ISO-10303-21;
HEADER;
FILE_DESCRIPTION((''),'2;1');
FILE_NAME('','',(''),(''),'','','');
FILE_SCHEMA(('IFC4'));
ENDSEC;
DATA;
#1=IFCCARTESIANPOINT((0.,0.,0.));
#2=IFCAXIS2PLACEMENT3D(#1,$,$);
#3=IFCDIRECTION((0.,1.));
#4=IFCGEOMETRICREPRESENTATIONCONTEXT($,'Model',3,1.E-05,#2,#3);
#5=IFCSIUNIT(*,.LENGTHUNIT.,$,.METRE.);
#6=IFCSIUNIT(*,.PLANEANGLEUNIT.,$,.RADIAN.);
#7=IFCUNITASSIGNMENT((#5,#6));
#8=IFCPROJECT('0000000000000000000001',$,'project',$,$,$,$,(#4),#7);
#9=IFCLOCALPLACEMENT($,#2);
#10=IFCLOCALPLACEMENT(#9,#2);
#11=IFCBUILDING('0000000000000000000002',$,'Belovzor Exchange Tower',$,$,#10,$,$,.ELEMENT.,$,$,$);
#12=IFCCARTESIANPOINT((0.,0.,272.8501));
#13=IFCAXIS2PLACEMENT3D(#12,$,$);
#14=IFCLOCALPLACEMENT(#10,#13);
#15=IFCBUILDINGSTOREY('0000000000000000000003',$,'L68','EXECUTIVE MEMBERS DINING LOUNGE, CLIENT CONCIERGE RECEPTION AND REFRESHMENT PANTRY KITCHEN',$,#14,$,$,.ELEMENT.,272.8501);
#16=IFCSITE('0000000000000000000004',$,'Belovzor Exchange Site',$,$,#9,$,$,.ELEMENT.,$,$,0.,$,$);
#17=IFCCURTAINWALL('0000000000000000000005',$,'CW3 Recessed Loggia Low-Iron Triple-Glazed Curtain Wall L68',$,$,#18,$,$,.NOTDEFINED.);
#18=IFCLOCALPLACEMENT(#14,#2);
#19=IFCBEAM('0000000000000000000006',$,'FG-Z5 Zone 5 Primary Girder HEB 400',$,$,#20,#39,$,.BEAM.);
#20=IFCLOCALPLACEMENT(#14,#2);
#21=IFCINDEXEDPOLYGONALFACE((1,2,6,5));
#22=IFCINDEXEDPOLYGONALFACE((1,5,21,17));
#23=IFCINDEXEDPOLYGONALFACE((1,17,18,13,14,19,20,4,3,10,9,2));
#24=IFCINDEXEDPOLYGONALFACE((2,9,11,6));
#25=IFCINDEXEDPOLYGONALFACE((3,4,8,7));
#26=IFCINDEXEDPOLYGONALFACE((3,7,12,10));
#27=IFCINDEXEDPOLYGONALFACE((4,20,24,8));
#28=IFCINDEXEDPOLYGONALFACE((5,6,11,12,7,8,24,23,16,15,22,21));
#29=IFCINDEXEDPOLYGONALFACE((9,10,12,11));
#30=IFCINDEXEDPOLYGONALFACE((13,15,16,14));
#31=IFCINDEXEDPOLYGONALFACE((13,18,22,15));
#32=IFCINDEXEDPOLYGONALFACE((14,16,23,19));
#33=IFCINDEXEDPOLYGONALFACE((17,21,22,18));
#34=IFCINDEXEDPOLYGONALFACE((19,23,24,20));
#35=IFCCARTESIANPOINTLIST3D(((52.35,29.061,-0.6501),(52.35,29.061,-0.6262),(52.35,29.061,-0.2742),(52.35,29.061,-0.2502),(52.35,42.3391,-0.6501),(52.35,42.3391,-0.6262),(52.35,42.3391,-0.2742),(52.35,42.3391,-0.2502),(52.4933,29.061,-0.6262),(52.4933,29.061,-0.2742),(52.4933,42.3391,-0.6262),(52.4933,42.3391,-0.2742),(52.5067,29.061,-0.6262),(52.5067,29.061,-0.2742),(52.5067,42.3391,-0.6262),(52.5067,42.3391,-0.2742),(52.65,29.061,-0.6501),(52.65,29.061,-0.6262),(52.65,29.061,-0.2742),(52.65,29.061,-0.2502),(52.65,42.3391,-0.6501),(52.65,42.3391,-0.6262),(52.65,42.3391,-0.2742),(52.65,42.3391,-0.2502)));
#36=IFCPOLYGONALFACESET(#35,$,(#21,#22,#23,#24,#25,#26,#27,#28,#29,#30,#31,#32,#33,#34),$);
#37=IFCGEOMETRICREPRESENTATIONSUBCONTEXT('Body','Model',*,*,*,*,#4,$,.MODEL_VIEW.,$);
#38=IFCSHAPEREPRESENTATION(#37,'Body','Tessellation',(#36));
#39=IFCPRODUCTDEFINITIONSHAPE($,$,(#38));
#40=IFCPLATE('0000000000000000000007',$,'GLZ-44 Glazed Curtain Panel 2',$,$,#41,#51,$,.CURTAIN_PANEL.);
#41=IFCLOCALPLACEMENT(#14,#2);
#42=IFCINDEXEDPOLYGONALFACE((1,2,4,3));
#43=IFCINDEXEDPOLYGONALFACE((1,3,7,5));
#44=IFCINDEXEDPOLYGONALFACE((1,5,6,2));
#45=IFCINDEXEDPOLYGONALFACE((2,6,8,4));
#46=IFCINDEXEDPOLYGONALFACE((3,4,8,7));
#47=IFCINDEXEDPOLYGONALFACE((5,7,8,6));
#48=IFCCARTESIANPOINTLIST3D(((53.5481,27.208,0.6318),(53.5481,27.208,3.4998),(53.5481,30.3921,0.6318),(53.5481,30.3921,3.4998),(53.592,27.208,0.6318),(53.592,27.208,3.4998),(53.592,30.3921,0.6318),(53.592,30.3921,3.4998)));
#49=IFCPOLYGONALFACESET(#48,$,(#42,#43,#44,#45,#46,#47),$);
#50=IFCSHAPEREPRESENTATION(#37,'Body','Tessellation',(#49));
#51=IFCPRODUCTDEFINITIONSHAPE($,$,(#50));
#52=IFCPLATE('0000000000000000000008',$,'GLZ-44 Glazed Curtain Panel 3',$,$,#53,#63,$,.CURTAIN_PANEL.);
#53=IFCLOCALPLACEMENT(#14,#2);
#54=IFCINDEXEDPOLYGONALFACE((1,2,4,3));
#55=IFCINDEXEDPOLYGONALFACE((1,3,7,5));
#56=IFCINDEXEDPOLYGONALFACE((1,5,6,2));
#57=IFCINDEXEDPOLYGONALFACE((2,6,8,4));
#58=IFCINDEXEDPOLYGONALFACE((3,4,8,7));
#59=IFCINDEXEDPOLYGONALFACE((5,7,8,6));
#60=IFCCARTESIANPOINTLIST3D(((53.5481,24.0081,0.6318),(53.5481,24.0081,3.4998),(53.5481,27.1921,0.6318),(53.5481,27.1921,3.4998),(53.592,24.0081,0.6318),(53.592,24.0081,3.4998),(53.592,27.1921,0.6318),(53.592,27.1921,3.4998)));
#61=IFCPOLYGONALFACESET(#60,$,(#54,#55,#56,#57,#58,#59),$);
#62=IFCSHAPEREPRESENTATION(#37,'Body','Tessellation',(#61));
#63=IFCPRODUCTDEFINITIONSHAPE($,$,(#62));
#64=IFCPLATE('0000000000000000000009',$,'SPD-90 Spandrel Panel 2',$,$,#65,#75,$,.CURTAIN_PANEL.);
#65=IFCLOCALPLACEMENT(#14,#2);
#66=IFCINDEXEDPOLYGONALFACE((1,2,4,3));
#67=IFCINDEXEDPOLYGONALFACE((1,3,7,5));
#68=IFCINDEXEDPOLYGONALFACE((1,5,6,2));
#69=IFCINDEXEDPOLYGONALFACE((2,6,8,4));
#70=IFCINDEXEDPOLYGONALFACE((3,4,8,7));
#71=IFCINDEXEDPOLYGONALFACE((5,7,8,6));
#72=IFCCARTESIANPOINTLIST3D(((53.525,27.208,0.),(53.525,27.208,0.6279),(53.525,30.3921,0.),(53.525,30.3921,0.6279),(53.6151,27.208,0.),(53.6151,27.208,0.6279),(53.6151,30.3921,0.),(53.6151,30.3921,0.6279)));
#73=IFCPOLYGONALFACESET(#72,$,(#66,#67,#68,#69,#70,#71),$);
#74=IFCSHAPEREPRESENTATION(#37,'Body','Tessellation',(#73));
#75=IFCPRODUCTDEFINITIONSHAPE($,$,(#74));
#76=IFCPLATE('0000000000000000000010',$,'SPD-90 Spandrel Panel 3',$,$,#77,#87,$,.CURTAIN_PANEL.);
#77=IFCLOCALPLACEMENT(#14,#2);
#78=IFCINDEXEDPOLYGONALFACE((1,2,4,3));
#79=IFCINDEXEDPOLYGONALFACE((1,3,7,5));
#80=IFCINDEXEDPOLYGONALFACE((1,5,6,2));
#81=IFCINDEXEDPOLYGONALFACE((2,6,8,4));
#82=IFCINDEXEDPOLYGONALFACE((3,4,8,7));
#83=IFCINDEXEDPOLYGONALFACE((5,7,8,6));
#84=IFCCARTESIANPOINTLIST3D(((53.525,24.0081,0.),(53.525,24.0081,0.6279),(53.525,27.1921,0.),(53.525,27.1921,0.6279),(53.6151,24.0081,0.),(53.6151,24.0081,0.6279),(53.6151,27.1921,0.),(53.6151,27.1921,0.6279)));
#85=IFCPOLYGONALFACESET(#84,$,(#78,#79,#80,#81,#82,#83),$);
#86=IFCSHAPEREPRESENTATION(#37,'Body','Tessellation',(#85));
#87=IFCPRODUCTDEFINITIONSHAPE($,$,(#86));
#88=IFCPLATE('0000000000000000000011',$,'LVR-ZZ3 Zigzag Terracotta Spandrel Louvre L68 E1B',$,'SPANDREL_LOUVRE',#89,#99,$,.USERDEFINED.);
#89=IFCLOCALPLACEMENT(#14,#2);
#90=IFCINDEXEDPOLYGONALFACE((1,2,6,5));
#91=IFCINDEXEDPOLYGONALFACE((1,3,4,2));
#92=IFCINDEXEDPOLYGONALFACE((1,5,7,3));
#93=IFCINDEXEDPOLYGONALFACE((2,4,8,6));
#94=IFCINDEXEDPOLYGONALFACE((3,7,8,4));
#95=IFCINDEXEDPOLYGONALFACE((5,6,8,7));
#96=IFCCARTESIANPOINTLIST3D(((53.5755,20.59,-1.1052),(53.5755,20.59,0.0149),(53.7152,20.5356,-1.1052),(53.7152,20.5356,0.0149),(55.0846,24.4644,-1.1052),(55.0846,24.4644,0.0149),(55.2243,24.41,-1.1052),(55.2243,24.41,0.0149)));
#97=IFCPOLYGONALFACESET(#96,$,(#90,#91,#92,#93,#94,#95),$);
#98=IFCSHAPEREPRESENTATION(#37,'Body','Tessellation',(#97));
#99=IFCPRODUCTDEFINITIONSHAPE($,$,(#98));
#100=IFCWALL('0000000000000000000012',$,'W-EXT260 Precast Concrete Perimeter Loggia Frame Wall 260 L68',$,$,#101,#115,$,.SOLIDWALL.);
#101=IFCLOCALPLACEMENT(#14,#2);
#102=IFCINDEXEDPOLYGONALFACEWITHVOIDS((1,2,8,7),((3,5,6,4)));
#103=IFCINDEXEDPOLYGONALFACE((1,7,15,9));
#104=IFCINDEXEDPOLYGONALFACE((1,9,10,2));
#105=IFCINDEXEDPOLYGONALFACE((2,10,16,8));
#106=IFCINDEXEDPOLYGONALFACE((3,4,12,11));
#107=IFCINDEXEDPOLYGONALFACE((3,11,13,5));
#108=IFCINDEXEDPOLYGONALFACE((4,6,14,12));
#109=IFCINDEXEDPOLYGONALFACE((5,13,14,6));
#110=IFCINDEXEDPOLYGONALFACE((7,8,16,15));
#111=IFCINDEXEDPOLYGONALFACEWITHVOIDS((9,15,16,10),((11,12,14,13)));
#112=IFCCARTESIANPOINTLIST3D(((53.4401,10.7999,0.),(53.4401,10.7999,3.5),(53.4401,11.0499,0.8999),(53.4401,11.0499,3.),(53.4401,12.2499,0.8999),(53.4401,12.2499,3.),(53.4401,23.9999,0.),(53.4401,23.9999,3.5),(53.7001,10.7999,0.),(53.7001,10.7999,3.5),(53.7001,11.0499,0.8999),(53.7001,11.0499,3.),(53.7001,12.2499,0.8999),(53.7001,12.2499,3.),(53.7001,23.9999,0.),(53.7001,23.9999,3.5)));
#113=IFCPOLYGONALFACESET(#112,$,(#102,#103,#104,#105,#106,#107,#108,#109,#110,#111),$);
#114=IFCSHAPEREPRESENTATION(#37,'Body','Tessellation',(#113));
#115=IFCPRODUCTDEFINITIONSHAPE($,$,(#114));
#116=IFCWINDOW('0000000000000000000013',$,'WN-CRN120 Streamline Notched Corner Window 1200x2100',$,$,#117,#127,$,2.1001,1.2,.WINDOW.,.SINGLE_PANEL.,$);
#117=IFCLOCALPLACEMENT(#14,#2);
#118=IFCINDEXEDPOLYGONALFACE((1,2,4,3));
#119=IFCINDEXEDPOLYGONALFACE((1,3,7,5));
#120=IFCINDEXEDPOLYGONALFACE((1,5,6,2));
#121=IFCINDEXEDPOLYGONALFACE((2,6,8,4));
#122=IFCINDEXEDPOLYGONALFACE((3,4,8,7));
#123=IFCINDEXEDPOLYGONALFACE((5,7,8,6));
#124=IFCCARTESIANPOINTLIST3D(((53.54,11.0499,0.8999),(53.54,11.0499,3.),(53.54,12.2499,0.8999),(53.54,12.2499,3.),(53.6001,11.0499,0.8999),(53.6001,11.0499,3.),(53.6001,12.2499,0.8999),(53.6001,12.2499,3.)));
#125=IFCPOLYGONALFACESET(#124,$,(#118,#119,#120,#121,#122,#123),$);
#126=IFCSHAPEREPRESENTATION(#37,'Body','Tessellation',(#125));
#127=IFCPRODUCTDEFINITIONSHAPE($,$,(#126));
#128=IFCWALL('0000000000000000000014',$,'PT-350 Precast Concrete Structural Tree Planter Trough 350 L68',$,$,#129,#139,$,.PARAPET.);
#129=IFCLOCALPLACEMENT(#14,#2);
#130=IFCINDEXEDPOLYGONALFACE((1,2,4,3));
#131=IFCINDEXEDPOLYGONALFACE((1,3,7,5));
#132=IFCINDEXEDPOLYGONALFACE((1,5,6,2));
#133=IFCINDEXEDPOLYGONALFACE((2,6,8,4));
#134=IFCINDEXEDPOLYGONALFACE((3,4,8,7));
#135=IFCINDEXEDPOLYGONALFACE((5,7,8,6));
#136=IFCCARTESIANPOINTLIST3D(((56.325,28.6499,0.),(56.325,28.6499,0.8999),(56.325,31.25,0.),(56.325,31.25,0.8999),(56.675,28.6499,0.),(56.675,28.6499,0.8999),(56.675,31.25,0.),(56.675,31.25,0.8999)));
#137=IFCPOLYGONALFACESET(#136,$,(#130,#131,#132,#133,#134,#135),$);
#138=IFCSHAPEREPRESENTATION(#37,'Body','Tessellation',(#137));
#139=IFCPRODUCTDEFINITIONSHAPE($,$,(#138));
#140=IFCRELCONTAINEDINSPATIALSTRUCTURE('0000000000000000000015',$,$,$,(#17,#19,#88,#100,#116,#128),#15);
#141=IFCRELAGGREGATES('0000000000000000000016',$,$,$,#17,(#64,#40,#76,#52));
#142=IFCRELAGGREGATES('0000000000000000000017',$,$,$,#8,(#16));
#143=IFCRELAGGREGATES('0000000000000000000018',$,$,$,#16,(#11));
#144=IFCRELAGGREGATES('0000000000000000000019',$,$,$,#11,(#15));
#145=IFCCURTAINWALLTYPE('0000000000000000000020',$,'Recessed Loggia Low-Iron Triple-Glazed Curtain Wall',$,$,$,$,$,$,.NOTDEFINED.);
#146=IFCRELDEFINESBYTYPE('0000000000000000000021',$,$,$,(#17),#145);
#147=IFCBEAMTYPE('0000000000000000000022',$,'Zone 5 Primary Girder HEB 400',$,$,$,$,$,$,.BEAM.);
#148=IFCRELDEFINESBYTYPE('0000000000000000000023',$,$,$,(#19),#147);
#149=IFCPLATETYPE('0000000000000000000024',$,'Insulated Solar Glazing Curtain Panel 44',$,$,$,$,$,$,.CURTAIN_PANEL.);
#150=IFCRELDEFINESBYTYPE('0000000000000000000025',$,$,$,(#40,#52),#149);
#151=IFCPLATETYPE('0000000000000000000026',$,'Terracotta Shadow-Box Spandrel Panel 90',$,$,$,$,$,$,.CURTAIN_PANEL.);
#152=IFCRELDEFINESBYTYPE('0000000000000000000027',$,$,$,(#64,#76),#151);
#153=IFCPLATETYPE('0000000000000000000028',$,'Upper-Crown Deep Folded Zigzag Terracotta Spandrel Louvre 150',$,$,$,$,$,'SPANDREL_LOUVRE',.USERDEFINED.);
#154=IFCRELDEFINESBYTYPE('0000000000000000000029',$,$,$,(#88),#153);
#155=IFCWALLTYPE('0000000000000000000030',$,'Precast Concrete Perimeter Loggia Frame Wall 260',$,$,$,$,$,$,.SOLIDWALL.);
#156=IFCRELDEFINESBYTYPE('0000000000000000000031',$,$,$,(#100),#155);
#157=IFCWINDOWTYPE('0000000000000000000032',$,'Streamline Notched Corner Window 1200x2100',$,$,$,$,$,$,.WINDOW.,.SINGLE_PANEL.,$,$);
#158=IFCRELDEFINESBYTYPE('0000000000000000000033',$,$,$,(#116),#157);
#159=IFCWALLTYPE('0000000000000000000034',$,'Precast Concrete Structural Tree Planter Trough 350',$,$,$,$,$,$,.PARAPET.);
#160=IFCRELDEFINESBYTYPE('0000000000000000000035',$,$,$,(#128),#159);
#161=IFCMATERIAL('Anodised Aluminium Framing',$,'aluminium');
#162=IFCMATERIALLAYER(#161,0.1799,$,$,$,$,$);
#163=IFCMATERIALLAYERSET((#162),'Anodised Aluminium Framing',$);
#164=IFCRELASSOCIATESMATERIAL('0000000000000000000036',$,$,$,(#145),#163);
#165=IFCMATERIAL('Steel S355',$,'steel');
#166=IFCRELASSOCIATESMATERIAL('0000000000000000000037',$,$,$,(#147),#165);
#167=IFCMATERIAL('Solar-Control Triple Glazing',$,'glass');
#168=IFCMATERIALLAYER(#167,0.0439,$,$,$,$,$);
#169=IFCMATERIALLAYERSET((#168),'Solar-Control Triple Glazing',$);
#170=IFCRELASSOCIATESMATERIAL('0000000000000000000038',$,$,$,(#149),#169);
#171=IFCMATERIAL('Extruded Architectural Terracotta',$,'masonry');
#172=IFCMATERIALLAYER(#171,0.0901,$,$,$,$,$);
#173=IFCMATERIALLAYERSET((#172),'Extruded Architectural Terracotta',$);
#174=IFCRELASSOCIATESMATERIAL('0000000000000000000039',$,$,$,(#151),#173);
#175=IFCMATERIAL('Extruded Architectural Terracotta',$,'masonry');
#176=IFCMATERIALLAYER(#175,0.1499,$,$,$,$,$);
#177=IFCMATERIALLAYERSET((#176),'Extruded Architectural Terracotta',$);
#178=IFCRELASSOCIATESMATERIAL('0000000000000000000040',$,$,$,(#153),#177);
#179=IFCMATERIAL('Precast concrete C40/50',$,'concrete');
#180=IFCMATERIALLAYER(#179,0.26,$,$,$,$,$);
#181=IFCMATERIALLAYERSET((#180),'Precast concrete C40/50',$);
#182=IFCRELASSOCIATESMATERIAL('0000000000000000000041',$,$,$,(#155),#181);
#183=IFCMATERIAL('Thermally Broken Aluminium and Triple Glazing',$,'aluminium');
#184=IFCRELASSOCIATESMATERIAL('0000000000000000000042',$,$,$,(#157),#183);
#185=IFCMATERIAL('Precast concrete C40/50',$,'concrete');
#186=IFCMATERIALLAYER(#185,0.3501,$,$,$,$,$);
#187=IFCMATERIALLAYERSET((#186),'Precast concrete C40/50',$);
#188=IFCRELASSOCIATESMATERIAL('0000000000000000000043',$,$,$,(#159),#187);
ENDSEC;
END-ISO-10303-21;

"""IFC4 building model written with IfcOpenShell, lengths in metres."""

from ifc_helpers import new_model, si_unit, direction, frame, frame_2d, origin, origin_2d, place, context, subcontext, project, spatial, rectangle, i_section, extrude, material, layer, layer_set, material_profile, profile_set, type_object, element, fill, aggregate, save


model = new_model("IFC4")

# Units and contexts
model_context = context("Model", 3, precision=1e-05, world=origin(), true_north=direction((0.0, 1.0)))
body_context = subcontext(model_context, "Body", "Model", "MODEL_VIEW")
ifc_project = project(units=[si_unit("LENGTHUNIT", "METRE"), si_unit("PLANEANGLEUNIT", "RADIAN")], contexts=[model_context])

# Site, building, storey
site_placement = place(None, origin())
site = spatial("IfcSite", under=ifc_project, at=site_placement, Name="Belovzor Exchange Site", CompositionType="ELEMENT", RefElevation=0.0)
building_placement = place(site_placement, origin())
building = spatial("IfcBuilding", under=site, at=building_placement, Name="Belovzor Exchange Tower", CompositionType="ELEMENT")
storey_placement = place(building_placement, frame((0.0, 0.0, 272.8501)))
storey = spatial("IfcBuildingStorey", under=building, at=storey_placement, Name="L68", Description="EXECUTIVE MEMBERS DINING LOUNGE, CLIENT CONCIERGE RECEPTION AND REFRESHMENT PANTRY KITCHEN", CompositionType="ELEMENT", Elevation=272.8501)

# Curtain wall
ifc_material_1 = material(Name="Anodised Aluminium Framing", Category="aluminium")
ifc_layer_1 = layer(ifc_material_1, 0.1799)
ifc_layer_set_1 = layer_set([ifc_layer_1], Name="Anodised Aluminium Framing")
curtain_wall_type = type_object("IfcCurtainWallType", Name="Recessed Loggia Low-Iron Triple-Glazed Curtain Wall", PredefinedType="NOTDEFINED", material=ifc_layer_set_1)
curtain_wall_placement = place(storey_placement, origin())
curtain_wall = element("IfcCurtainWall", 1, at=curtain_wall_placement, inside=storey, type_object=curtain_wall_type, Name="CW3 Recessed Loggia Low-Iron Triple-Glazed Curtain Wall L68", PredefinedType="NOTDEFINED")

# Beam
ifc_material_2 = material(Name="Steel S355", Category="steel")
ifc_material_profile_1 = material_profile(ifc_material_2, i_section(OverallWidth=0.3, OverallDepth=0.3999, WebThickness=0.0134, FlangeThickness=0.0239, at=origin_2d()))
ifc_profile_set_1 = profile_set([ifc_material_profile_1], Name="Steel S355")
beam_type_1 = type_object("IfcBeamType", Name="Zone 5 Primary Girder HEB 400", PredefinedType="BEAM", material=ifc_profile_set_1)
beam_1_placement = place(storey_placement, frame((52.5, 29.061, -0.4502), z_axis=(0.0, 1.0, 0.0), x_axis=(-1.0, 0.0, 0.0)))
element("IfcBeam", 2, at=beam_1_placement, inside=storey, type_object=beam_type_1, Name="FG-Z5 Zone 5 Primary Girder HEB 400", PredefinedType="BEAM", context=body_context, shape_type="SweptSolid", body=[
    extrude(i_section(OverallWidth=0.3, OverallDepth=0.3999, WebThickness=0.0134, FlangeThickness=0.0239, at=origin_2d()), origin(), (0.0, 0.0, 1.0), 13.2781),
])

# Plates
ifc_material_3 = material(Name="Solar-Control Triple Glazing", Category="glass")
ifc_layer_2 = layer(ifc_material_3, 0.0439)
ifc_layer_set_2 = layer_set([ifc_layer_2], Name="Solar-Control Triple Glazing")
plate_type_1 = type_object("IfcPlateType", Name="Insulated Solar Glazing Curtain Panel 44", PredefinedType="CURTAIN_PANEL", material=ifc_layer_set_2)
plate_1_placement = place(storey_placement, frame((53.5701, 28.8, 0.6318), z_axis=(0.0, 0.0, 1.0), x_axis=(0.0, -1.0, 0.0)))
plate_1 = element("IfcPlate", 3, at=plate_1_placement, type_object=plate_type_1, Name="GLZ-44 Glazed Curtain Panel 2", PredefinedType="CURTAIN_PANEL", context=body_context, shape_type="SweptSolid", body=[
    extrude(rectangle(XDim=3.1841, YDim=0.0439, at=origin_2d()), origin(), (0.0, 0.0, 1.0), 2.8679),
])
plate_2_placement = place(storey_placement, frame((53.5701, 25.6001, 0.6318), z_axis=(0.0, 0.0, 1.0), x_axis=(0.0, -1.0, 0.0)))
plate_2 = element("IfcPlate", 4, at=plate_2_placement, type_object=plate_type_1, Name="GLZ-44 Glazed Curtain Panel 3", PredefinedType="CURTAIN_PANEL", context=body_context, shape_type="SweptSolid", body=[
    extrude(rectangle(XDim=3.1841, YDim=0.0439, at=origin_2d()), origin(), (0.0, 0.0, 1.0), 2.8679),
])
ifc_material_4 = material(Name="Extruded Architectural Terracotta", Category="masonry")
ifc_layer_3 = layer(ifc_material_4, 0.0901)
ifc_layer_set_3 = layer_set([ifc_layer_3], Name="Extruded Architectural Terracotta")
plate_type_2 = type_object("IfcPlateType", Name="Terracotta Shadow-Box Spandrel Panel 90", PredefinedType="CURTAIN_PANEL", material=ifc_layer_set_3)
plate_3_placement = place(storey_placement, frame((53.5701, 28.8, 0.0), z_axis=(0.0, 0.0, 1.0), x_axis=(0.0, -1.0, 0.0)))
plate_3 = element("IfcPlate", 5, at=plate_3_placement, type_object=plate_type_2, Name="SPD-90 Spandrel Panel 2", PredefinedType="CURTAIN_PANEL", context=body_context, shape_type="SweptSolid", body=[
    extrude(rectangle(XDim=3.1841, YDim=0.0901, at=origin_2d()), origin(), (0.0, 0.0, 1.0), 0.6279),
])
plate_4_placement = place(storey_placement, frame((53.5701, 25.6001, 0.0), z_axis=(0.0, 0.0, 1.0), x_axis=(0.0, -1.0, 0.0)))
plate_4 = element("IfcPlate", 6, at=plate_4_placement, type_object=plate_type_2, Name="SPD-90 Spandrel Panel 3", PredefinedType="CURTAIN_PANEL", context=body_context, shape_type="SweptSolid", body=[
    extrude(rectangle(XDim=3.1841, YDim=0.0901, at=origin_2d()), origin(), (0.0, 0.0, 1.0), 0.6279),
])
aggregate(curtain_wall, [plate_3, plate_1, plate_4, plate_2])
ifc_material_5 = material(Name="Extruded Architectural Terracotta", Category="masonry")
ifc_layer_4 = layer(ifc_material_5, 0.1499)
ifc_layer_set_4 = layer_set([ifc_layer_4], Name="Extruded Architectural Terracotta")
plate_type_3 = type_object("IfcPlateType", Name="Upper-Crown Deep Folded Zigzag Terracotta Spandrel Louvre 150", ElementType="SPANDREL_LOUVRE", PredefinedType="USERDEFINED", material=ifc_layer_set_4)
plate_5_placement = place(storey_placement, frame((54.3999, 22.5, -1.1052), z_axis=(0.0, 0.0, 1.0), x_axis=(0.362926, 0.931818, 0.0)))
element("IfcPlate", 7, at=plate_5_placement, inside=storey, type_object=plate_type_3, Name="LVR-ZZ3 Zigzag Terracotta Spandrel Louvre L68 E1B", ObjectType="SPANDREL_LOUVRE", PredefinedType="USERDEFINED", context=body_context, shape_type="SweptSolid", body=[
    extrude(rectangle(XDim=4.158, YDim=0.1499, at=origin_2d()), origin(), (0.0, 0.0, 1.0), 1.1201),
])

# Wall, opening, window
ifc_material_6 = material(Name="Precast concrete C40/50", Category="concrete")
ifc_layer_5 = layer(ifc_material_6, 0.26)
ifc_layer_set_5 = layer_set([ifc_layer_5], Name="Precast concrete C40/50")
wall_type_1 = type_object("IfcWallType", Name="Precast Concrete Perimeter Loggia Frame Wall 260", PredefinedType="SOLIDWALL", material=ifc_layer_set_5)
wall_1_placement = place(storey_placement, frame((53.5701, 24.0, 0.0), z_axis=(0.0, 0.0, 1.0), x_axis=(0.0, -1.0, 0.0)))
wall_1 = element("IfcWall", 8, at=wall_1_placement, inside=storey, type_object=wall_type_1, Name="W-EXT260 Precast Concrete Perimeter Loggia Frame Wall 260 L68", PredefinedType="SOLIDWALL", context=body_context, shape_type="SweptSolid", body=[
    extrude(rectangle(XDim=13.2, YDim=0.26, at=frame_2d((6.6001, 0.0))), origin(), (0.0, 0.0, 1.0), 3.5),
])
opening_placement = place(wall_1_placement, frame((11.75, 0.0, 0.8999)))
opening = element("IfcOpeningElement", 9, at=opening_placement, cuts=wall_1, PredefinedType="OPENING", context=body_context, shape_type="SweptSolid", body=[
    extrude(rectangle(XDim=1.2, YDim=2.1001, at=frame_2d((0.6001, 1.05))), frame((0.0, 0.1399, 0.0), z_axis=(0.0, -1.0, 0.0), x_axis=(1.0, 0.0, 0.0)), (0.0, 0.0, 1.0), 0.28),
])
ifc_material_7 = material(Name="Thermally Broken Aluminium and Triple Glazing", Category="aluminium")
window_type = type_object("IfcWindowType", Name="Streamline Notched Corner Window 1200x2100", PartitioningType="SINGLE_PANEL", PredefinedType="WINDOW", material=ifc_material_7)
window_placement = place(opening_placement, origin())
window = element("IfcWindow", 10, at=window_placement, inside=storey, type_object=window_type, Name="WN-CRN120 Streamline Notched Corner Window 1200x2100", OverallHeight=2.1001, OverallWidth=1.2, PartitioningType="SINGLE_PANEL", PredefinedType="WINDOW", context=body_context, shape_type="SweptSolid", body=[
    extrude(rectangle(XDim=1.2, YDim=2.1001, at=frame_2d((0.6001, 1.05))), frame((0.0, 0.03, 0.0), z_axis=(0.0, -1.0, 0.0), x_axis=(1.0, 0.0, 0.0)), (0.0, 0.0, 1.0), 0.0601),
])
fill(opening, window)

# Wall
ifc_material_8 = material(Name="Precast concrete C40/50", Category="concrete")
ifc_layer_6 = layer(ifc_material_8, 0.3501)
ifc_layer_set_6 = layer_set([ifc_layer_6], Name="Precast concrete C40/50")
wall_type_2 = type_object("IfcWallType", Name="Precast Concrete Structural Tree Planter Trough 350", PredefinedType="PARAPET", material=ifc_layer_set_6)
wall_2_placement = place(storey_placement, frame((56.5, 28.6499, 0.0), z_axis=(0.0, 0.0, 1.0), x_axis=(0.0, 1.0, 0.0)))
element("IfcWall", 11, at=wall_2_placement, inside=storey, type_object=wall_type_2, Name="PT-350 Precast Concrete Structural Tree Planter Trough 350 L68", PredefinedType="PARAPET", context=body_context, shape_type="SweptSolid", body=[
    extrude(rectangle(XDim=2.6001, YDim=0.3501, at=frame_2d((1.3, 0.0))), origin(), (0.0, 0.0, 1.0), 0.8999),
])

save(model, "model.ifc")
